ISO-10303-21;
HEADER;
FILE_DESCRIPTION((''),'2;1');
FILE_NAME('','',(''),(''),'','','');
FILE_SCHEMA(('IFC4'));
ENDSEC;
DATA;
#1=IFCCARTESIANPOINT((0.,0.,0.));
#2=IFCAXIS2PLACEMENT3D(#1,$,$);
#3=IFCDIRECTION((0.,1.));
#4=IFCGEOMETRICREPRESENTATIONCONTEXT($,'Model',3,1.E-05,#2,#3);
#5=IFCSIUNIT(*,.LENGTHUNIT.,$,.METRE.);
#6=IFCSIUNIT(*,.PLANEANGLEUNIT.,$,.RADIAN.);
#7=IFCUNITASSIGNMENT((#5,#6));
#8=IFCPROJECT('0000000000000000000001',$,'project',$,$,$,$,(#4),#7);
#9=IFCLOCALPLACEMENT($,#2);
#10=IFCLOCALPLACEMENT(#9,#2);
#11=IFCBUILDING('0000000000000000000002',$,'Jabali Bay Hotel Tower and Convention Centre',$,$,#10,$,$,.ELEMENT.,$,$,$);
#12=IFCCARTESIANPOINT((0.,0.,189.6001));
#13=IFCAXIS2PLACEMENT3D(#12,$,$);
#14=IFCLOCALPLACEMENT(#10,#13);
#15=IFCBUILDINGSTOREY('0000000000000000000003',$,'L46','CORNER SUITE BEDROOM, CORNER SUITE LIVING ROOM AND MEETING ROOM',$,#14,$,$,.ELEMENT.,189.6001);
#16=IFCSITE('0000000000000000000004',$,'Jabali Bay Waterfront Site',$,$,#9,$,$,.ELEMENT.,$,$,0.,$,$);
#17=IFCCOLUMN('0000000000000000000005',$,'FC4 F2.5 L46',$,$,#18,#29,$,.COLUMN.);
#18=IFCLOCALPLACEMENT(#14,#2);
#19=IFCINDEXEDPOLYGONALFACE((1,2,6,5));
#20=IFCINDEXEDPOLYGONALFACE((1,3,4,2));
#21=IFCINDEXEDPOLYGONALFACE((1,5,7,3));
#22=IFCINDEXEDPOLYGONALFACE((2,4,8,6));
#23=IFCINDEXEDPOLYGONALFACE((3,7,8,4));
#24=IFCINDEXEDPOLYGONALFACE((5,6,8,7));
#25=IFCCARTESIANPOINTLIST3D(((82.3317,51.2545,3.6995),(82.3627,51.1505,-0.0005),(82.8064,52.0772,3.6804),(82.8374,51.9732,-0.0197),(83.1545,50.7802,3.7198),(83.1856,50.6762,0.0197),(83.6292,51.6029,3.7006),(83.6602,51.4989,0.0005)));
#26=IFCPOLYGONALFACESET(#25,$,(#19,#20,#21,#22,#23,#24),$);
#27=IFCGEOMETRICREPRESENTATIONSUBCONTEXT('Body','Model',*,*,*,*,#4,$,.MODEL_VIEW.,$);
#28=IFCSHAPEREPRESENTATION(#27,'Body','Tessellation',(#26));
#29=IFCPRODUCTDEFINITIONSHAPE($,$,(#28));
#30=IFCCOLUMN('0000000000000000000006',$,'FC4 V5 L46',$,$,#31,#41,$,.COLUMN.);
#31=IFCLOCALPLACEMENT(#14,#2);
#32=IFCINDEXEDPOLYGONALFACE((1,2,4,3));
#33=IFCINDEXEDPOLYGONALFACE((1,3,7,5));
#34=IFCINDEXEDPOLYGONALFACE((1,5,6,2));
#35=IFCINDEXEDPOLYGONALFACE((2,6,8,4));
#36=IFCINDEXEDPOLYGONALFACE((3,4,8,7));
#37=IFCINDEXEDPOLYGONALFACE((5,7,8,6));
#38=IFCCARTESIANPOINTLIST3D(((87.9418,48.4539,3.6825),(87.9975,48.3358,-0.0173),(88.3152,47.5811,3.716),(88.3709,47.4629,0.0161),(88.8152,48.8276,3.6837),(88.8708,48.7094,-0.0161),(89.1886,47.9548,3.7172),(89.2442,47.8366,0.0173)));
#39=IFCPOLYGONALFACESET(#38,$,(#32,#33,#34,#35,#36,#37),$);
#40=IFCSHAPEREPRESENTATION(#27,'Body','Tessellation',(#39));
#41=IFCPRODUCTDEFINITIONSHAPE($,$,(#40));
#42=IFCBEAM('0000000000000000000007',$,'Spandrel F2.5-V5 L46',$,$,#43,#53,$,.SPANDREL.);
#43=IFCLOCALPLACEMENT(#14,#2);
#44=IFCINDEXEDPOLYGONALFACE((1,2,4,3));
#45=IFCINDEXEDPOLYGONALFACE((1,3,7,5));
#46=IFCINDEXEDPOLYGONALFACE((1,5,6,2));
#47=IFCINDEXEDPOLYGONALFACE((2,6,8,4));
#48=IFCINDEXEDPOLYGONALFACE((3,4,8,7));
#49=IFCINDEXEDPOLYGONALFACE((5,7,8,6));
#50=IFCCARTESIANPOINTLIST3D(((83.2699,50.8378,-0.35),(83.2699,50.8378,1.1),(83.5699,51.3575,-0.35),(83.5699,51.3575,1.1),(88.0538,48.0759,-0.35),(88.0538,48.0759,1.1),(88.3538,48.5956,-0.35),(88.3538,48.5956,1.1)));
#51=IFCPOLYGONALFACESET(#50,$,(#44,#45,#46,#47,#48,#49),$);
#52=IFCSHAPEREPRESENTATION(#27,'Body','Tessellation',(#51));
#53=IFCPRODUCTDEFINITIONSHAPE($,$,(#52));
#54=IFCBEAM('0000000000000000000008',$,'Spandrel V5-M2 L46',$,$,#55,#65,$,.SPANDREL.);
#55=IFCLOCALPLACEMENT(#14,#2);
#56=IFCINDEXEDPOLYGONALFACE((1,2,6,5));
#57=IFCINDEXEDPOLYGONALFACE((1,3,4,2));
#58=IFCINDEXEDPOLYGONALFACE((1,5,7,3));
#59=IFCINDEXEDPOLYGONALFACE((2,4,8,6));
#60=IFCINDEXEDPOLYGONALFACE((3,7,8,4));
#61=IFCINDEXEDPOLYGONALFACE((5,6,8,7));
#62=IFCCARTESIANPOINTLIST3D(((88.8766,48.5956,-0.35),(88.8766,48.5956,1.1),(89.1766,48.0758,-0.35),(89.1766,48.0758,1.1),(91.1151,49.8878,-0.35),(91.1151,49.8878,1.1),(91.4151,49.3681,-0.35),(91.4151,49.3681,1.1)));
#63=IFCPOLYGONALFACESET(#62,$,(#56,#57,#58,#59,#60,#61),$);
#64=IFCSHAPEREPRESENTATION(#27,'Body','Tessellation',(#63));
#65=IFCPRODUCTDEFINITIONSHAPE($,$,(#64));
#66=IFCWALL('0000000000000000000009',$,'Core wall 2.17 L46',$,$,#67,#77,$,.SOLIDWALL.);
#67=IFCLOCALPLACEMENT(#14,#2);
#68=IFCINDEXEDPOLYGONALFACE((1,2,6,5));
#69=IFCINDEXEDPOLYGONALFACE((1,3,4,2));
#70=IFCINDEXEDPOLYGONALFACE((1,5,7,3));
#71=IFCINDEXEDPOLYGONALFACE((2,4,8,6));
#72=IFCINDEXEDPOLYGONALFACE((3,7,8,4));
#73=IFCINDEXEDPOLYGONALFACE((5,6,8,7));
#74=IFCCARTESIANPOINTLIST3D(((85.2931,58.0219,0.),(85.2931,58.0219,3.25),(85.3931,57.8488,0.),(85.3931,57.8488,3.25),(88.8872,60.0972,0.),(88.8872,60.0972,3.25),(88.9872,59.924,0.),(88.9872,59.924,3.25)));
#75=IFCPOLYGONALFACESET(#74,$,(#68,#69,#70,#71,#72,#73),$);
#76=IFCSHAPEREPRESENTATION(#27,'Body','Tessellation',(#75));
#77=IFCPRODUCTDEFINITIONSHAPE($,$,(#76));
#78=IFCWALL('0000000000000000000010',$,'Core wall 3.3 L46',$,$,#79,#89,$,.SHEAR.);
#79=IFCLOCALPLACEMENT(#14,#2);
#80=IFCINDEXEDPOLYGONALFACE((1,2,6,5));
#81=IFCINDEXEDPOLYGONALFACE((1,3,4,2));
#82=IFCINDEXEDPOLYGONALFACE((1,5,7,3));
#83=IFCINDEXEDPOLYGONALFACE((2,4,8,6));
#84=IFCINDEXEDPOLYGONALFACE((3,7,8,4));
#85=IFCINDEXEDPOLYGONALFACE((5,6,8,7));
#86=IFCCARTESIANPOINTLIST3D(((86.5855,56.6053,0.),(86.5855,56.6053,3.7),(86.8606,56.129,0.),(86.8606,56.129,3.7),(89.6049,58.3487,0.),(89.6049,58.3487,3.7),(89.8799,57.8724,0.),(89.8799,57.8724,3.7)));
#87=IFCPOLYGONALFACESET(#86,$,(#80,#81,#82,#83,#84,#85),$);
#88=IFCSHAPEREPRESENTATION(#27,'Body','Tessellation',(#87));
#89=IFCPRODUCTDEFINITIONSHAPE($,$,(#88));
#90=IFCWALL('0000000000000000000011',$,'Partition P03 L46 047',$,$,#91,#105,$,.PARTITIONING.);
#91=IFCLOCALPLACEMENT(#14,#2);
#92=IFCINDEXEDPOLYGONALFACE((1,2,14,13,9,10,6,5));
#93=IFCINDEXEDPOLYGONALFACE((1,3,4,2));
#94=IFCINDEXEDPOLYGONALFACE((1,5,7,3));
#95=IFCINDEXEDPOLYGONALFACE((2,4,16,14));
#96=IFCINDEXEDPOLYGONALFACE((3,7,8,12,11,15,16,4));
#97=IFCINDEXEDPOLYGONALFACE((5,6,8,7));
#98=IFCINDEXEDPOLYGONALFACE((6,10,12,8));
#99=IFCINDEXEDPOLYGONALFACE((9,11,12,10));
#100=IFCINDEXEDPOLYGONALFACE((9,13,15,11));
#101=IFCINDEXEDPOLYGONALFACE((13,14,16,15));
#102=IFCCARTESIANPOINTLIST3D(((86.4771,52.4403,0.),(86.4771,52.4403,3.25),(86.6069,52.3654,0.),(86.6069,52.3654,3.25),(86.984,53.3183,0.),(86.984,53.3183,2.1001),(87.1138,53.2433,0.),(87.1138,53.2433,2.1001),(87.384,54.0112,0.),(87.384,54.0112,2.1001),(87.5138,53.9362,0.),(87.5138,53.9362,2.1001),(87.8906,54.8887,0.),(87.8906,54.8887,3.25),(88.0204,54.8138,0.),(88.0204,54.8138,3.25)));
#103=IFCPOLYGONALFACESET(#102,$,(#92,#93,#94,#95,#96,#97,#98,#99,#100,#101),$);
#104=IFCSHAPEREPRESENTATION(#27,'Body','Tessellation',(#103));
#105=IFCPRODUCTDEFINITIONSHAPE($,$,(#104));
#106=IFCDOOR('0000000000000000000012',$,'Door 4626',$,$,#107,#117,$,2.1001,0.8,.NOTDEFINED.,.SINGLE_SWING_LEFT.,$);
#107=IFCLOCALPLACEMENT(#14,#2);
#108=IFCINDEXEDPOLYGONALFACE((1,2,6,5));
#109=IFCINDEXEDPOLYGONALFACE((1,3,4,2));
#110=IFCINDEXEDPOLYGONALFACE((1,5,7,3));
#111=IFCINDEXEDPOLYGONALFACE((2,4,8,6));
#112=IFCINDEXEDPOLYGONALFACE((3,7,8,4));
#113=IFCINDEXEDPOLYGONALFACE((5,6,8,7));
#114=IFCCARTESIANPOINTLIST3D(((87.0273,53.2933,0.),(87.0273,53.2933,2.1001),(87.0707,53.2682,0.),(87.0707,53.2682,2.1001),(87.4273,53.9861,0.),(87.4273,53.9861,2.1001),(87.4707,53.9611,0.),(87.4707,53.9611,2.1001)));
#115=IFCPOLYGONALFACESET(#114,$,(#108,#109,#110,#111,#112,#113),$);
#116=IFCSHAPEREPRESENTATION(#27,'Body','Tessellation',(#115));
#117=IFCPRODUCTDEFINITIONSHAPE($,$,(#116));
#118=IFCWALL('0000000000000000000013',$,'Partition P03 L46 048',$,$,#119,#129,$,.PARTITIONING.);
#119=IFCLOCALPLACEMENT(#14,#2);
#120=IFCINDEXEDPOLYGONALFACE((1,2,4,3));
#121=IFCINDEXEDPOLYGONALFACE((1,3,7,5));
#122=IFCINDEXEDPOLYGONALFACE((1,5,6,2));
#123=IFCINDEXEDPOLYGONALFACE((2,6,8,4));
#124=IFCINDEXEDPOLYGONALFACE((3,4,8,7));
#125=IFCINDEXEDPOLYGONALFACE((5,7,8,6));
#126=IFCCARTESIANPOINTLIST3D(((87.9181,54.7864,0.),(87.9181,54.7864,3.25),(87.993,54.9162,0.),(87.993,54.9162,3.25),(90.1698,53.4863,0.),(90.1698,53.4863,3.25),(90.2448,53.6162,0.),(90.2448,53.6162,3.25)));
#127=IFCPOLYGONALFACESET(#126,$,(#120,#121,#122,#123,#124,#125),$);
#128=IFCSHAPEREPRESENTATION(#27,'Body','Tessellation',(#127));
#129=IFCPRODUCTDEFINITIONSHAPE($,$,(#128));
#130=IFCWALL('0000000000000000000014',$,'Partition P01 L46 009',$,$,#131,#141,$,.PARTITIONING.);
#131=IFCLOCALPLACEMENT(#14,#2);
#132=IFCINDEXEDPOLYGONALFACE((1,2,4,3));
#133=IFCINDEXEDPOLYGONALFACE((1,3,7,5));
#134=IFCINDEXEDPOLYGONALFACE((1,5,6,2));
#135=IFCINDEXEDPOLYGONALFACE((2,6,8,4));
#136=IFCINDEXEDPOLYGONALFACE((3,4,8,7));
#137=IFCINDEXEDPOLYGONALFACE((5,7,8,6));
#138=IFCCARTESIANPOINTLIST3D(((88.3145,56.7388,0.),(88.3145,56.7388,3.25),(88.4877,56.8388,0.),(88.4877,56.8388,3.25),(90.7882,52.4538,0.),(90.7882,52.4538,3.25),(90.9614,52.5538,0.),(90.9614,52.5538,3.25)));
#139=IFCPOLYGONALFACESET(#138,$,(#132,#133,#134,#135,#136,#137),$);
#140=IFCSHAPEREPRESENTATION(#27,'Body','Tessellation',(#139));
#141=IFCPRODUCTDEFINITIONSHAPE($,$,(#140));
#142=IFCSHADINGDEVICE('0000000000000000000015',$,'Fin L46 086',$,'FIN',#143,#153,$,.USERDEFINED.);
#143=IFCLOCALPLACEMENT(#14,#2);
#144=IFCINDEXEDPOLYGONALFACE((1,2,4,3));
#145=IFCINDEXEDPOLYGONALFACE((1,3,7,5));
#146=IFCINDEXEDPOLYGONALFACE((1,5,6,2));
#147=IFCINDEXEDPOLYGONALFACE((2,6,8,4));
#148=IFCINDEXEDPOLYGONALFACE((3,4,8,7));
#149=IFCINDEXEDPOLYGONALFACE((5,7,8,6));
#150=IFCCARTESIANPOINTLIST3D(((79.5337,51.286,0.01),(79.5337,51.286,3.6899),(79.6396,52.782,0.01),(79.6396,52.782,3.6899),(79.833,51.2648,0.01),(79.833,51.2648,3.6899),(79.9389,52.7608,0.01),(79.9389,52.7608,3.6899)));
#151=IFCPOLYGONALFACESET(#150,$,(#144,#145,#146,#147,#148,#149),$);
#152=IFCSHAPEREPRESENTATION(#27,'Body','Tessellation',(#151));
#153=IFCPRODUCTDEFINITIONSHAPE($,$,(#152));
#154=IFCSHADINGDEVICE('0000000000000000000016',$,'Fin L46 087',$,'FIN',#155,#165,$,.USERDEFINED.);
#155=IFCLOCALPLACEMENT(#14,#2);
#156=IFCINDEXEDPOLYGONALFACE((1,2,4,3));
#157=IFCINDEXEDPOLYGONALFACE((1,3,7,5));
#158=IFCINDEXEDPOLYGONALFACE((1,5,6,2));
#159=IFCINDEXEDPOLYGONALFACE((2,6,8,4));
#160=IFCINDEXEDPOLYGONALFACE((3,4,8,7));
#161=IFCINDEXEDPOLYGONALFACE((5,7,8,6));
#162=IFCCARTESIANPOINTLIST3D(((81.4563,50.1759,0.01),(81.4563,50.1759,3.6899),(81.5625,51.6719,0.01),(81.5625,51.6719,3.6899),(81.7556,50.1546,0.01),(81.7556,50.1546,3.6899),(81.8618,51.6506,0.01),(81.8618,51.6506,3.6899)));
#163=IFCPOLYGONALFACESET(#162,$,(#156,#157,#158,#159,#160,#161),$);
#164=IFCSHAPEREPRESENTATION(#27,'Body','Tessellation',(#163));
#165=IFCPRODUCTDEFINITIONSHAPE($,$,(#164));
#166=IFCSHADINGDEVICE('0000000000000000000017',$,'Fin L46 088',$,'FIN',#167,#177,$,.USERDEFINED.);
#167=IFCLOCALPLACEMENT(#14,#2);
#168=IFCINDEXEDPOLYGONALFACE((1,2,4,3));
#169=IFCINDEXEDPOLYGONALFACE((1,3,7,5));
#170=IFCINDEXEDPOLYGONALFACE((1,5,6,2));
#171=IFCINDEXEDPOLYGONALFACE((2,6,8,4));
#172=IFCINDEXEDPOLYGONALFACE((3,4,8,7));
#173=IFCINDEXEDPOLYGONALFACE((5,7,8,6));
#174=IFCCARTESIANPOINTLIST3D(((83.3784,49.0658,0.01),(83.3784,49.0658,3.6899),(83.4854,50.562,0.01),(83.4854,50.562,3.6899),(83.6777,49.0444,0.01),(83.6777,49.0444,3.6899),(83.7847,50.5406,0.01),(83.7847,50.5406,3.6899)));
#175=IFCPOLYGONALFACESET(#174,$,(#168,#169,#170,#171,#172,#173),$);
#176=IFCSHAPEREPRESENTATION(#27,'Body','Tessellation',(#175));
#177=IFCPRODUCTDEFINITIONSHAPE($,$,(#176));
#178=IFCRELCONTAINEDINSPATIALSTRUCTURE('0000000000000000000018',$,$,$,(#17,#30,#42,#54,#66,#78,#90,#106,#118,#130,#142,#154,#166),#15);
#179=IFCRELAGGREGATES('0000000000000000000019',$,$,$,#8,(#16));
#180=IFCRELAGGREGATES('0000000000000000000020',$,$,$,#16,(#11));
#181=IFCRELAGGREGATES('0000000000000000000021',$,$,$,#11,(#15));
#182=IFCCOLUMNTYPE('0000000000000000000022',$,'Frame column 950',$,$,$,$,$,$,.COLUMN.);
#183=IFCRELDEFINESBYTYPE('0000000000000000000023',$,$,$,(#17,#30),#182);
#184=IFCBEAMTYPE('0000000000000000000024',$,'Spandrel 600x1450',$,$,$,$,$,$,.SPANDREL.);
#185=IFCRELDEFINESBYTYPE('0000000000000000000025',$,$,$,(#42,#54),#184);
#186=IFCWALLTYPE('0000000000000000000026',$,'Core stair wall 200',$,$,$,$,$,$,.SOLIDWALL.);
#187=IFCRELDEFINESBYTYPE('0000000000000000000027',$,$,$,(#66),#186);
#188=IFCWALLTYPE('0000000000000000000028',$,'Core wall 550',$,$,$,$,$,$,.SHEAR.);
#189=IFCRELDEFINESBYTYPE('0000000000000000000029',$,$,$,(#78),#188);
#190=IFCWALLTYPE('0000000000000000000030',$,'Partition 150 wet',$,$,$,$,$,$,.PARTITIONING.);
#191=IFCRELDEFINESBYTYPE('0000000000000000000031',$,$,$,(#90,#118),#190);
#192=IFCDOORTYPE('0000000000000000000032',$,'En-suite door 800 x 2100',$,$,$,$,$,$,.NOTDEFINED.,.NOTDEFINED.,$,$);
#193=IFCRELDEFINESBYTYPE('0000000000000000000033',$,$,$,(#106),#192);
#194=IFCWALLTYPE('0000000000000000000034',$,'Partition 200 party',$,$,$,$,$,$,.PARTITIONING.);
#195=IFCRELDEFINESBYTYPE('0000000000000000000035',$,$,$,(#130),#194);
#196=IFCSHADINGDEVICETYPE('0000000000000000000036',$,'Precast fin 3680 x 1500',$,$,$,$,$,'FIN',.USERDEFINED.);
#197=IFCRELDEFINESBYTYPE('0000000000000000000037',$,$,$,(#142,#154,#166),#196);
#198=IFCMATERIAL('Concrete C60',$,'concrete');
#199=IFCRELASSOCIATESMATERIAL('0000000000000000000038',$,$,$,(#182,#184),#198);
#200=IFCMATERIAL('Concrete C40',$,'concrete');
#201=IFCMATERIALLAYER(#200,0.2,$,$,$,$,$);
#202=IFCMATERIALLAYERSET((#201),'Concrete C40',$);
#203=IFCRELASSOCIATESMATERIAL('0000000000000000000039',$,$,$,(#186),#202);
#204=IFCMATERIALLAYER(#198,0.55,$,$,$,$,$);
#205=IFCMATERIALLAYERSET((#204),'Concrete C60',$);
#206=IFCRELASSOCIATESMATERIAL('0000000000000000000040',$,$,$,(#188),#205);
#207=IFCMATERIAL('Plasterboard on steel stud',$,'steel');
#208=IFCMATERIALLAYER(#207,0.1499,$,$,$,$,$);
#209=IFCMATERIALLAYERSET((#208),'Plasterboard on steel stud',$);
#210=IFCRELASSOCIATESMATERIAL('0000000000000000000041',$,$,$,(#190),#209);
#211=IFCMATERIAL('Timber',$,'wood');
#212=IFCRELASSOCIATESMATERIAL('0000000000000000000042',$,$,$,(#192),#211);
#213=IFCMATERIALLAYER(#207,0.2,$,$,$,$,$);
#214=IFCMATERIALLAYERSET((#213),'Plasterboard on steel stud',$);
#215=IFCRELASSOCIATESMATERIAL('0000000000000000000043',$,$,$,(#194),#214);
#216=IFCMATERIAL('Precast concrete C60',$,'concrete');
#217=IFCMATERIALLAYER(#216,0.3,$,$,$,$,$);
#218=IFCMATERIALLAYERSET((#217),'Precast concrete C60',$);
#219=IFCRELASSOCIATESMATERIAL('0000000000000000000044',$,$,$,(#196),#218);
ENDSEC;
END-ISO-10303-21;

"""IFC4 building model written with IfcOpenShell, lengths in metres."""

from ifc_helpers import new_model, si_unit, direction, frame, frame_2d, origin, origin_2d, place, context, subcontext, project, spatial, rectangle, extrude, material, layer, layer_set, material_profile, profile_set, type_object, element, fill, save


model = new_model("IFC4")

# Units and contexts
model_context = context("Model", 3, precision=1e-05, world=origin(), true_north=direction((0.0, 1.0)))
body_context = subcontext(model_context, "Body", "Model", "MODEL_VIEW")
ifc_project = project(units=[si_unit("LENGTHUNIT", "METRE"), si_unit("PLANEANGLEUNIT", "RADIAN")], contexts=[model_context])

# Site, building, storey
site_placement = place(None, origin())
site = spatial("IfcSite", under=ifc_project, at=site_placement, Name="Jabali Bay Waterfront Site", CompositionType="ELEMENT", RefElevation=0.0)
building_placement = place(site_placement, origin())
building = spatial("IfcBuilding", under=site, at=building_placement, Name="Jabali Bay Hotel Tower and Convention Centre", CompositionType="ELEMENT")
storey_placement = place(building_placement, frame((0.0, 0.0, 189.6001)))
storey = spatial("IfcBuildingStorey", under=building, at=storey_placement, Name="L46", Description="CORNER SUITE BEDROOM, CORNER SUITE LIVING ROOM AND MEETING ROOM", CompositionType="ELEMENT", Elevation=189.6001)

# Columns
ifc_material_1 = material(Name="Concrete C60", Category="concrete")
ifc_material_profile_1 = material_profile(ifc_material_1, rectangle(XDim=0.95, YDim=0.95, at=origin_2d()), Name="Frame column 950")
ifc_profile_set_1 = profile_set([ifc_material_profile_1], Name="Concrete C60")
column_type = type_object("IfcColumnType", Name="Frame column 950", PredefinedType="COLUMN", material=ifc_profile_set_1)
column_1_placement = place(storey_placement, frame((83.0115, 51.3247, 0.0), z_axis=(-0.008376, 0.028097, 0.99957), x_axis=(-0.499676, -0.865978, 0.020155)))
element("IfcColumn", 1, at=column_1_placement, inside=storey, type_object=column_type, Name="FC4 F2.5 L46", PredefinedType="COLUMN", context=body_context, shape_type="SweptSolid", body=[
    extrude(rectangle(XDim=0.95, YDim=0.95, at=origin_2d()), origin(), (0.0, 0.0, 1.0), 3.7017),
])
column_2_placement = place(storey_placement, frame((88.6208, 48.0862, 0.0), z_axis=(-0.015035, 0.031917, 0.999377), x_axis=(0.393077, -0.918829, 0.035258)))
element("IfcColumn", 2, at=column_2_placement, inside=storey, type_object=column_type, Name="FC4 V5 L46", PredefinedType="COLUMN", context=body_context, shape_type="SweptSolid", body=[
    extrude(rectangle(XDim=0.95, YDim=0.95, at=origin_2d()), origin(), (0.0, 0.0, 1.0), 3.7021),
])

# Beams
ifc_material_profile_2 = material_profile(ifc_material_1, rectangle(XDim=0.6001, YDim=1.45, at=origin_2d()), Name="Spandrel 600x1450")
ifc_profile_set_2 = profile_set([ifc_material_profile_2], Name="Concrete C60")
beam_type = type_object("IfcBeamType", Name="Spandrel 600x1450", PredefinedType="SPANDREL", material=ifc_profile_set_2)
beam_1_placement = place(storey_placement, frame((83.4199, 51.0977, 0.375), z_axis=(0.866029, -0.499994, 0.0), x_axis=(0.499994, 0.866029, 0.0)))
element("IfcBeam", 3, at=beam_1_placement, inside=storey, type_object=beam_type, Name="Spandrel F2.5-V5 L46", PredefinedType="SPANDREL", context=body_context, shape_type="SweptSolid", body=[
    extrude(rectangle(XDim=0.6001, YDim=1.45, at=origin_2d()), origin(), (0.0, 0.0, 1.0), 5.5239),
])
beam_2_placement = place(storey_placement, frame((89.0266, 48.3357, 0.375), z_axis=(0.866055, 0.499949, 0.0), x_axis=(-0.499949, 0.866055, 0.0)))
element("IfcBeam", 4, at=beam_2_placement, inside=storey, type_object=beam_type, Name="Spandrel V5-M2 L46", PredefinedType="SPANDREL", context=body_context, shape_type="SweptSolid", body=[
    extrude(rectangle(XDim=0.6001, YDim=1.45, at=origin_2d()), origin(), (0.0, 0.0, 1.0), 2.5847),
])

# Walls
ifc_material_2 = material(Name="Concrete C40", Category="concrete")
ifc_layer_1 = layer(ifc_material_2, 0.2)
ifc_layer_set_1 = layer_set([ifc_layer_1], Name="Concrete C40")
wall_type_1 = type_object("IfcWallType", Name="Core stair wall 200", PredefinedType="SOLIDWALL", material=ifc_layer_set_1)
wall_1_placement = place(storey_placement, frame((85.343, 57.9353, 0.0), z_axis=(0.0, 0.0, 1.0), x_axis=(0.866004, 0.500036, 0.0)))
element("IfcWall", 5, at=wall_1_placement, inside=storey, type_object=wall_type_1, Name="Core wall 2.17 L46", PredefinedType="SOLIDWALL", context=body_context, shape_type="SweptSolid", body=[
    extrude(rectangle(XDim=4.1501, YDim=0.2, at=frame_2d((2.0752, 0.0))), origin(), (0.0, 0.0, 1.0), 3.25),
])
ifc_layer_2 = layer(ifc_material_1, 0.55)
ifc_layer_set_2 = layer_set([ifc_layer_2], Name="Concrete C60")
wall_type_2 = type_object("IfcWallType", Name="Core wall 550", PredefinedType="SHEAR", material=ifc_layer_set_2)
wall_2_placement = place(storey_placement, frame((86.7231, 56.3672, 0.0), z_axis=(0.0, 0.0, 1.0), x_axis=(0.865998, 0.500048, 0.0)))
element("IfcWall", 6, at=wall_2_placement, inside=storey, type_object=wall_type_2, Name="Core wall 3.3 L46", PredefinedType="SHEAR", context=body_context, shape_type="SweptSolid", body=[
    extrude(rectangle(XDim=3.4866, YDim=0.55, at=frame_2d((1.7432, 0.0))), origin(), (0.0, 0.0, 1.0), 3.7),
])

# Wall, opening, door
ifc_material_3 = material(Name="Plasterboard on steel stud", Category="steel")
ifc_layer_3 = layer(ifc_material_3, 0.1499)
ifc_layer_set_3 = layer_set([ifc_layer_3], Name="Plasterboard on steel stud")
wall_type_3 = type_object("IfcWallType", Name="Partition 150 wet", PredefinedType="PARTITIONING", material=ifc_layer_set_3)
wall_3_placement = place(storey_placement, frame((86.542, 52.4028, 0.0), z_axis=(0.0, 0.0, 1.0), x_axis=(0.499984, 0.866035, 0.0)))
wall_3 = element("IfcWall", 7, at=wall_3_placement, inside=storey, type_object=wall_type_3, Name="Partition P03 L46 047", PredefinedType="PARTITIONING", context=body_context, shape_type="SweptSolid", body=[
    extrude(rectangle(XDim=2.8271, YDim=0.1499, at=frame_2d((1.4136, 0.0))), origin(), (0.0, 0.0, 1.0), 3.25),
])
opening_1_placement = place(wall_3_placement, frame((1.0139, 0.0, 0.0)))
opening_1 = element("IfcOpeningElement", 8, at=opening_1_placement, cuts=wall_3, PredefinedType="OPENING", context=body_context, shape_type="SweptSolid", body=[
    extrude(rectangle(XDim=0.8, YDim=2.1001, at=frame_2d((0.3999, 1.05))), frame((0.0, 0.0854, 0.0), z_axis=(0.0, -1.0, 0.0), x_axis=(1.0, 0.0, 0.0)), (0.0, 0.0, 1.0), 0.1709),
])
ifc_material_4 = material(Name="Timber", Category="wood")
door_type_1 = type_object("IfcDoorType", Name="En-suite door 800 x 2100", OperationType="NOTDEFINED", PredefinedType="NOTDEFINED", material=ifc_material_4)
door_1_placement = place(opening_1_placement, origin())
door_1 = element("IfcDoor", 9, at=door_1_placement, inside=storey, type_object=door_type_1, Name="Door 4626", OperationType="SINGLE_SWING_LEFT", OverallHeight=2.1001, OverallWidth=0.8, PredefinedType="NOTDEFINED", context=body_context, shape_type="SweptSolid", body=[
    extrude(rectangle(XDim=0.8, YDim=2.1001, at=frame_2d((0.3999, 1.05))), frame((0.0, 0.0249, 0.0), z_axis=(0.0, -1.0, 0.0), x_axis=(1.0, 0.0, 0.0)), (0.0, 0.0, 1.0), 0.05),
])
fill(opening_1, door_1)

# Walls
wall_4_placement = place(storey_placement, frame((87.9556, 54.8513, 0.0), z_axis=(0.0, 0.0, 1.0), x_axis=(0.866021, -0.500007, 0.0)))
element("IfcWall", 10, at=wall_4_placement, inside=storey, type_object=wall_type_3, Name="Partition P03 L46 048", PredefinedType="PARTITIONING", context=body_context, shape_type="SweptSolid", body=[
    extrude(rectangle(XDim=2.6001, YDim=0.1499, at=frame_2d((1.3, 0.0))), origin(), (0.0, 0.0, 1.0), 3.25),
])
ifc_layer_4 = layer(ifc_material_3, 0.2)
ifc_layer_set_4 = layer_set([ifc_layer_4], Name="Plasterboard on steel stud")
wall_type_4 = type_object("IfcWallType", Name="Partition 200 party", PredefinedType="PARTITIONING", material=ifc_layer_set_4)
wall_5_placement = place(storey_placement, frame((88.4011, 56.7888, 0.0), z_axis=(0.0, 0.0, 1.0), x_axis=(0.49996, -0.866048, 0.0)))
element("IfcWall", 11, at=wall_5_placement, inside=storey, type_object=wall_type_4, Name="Partition P01 L46 009", PredefinedType="PARTITIONING", context=body_context, shape_type="SweptSolid", body=[
    extrude(rectangle(XDim=4.9478, YDim=0.2, at=frame_2d((2.4739, 0.0))), origin(), (0.0, 0.0, 1.0), 3.25),
])

# Shading devices
ifc_material_5 = material(Name="Precast concrete C60", Category="concrete")
ifc_layer_5 = layer(ifc_material_5, 0.3)
ifc_layer_set_5 = layer_set([ifc_layer_5], Name="Precast concrete C60")
shading_device_type = type_object("IfcShadingDeviceType", Name="Precast fin 3680 x 1500", ElementType="FIN", PredefinedType="USERDEFINED", material=ifc_layer_set_5)
for number, where, z_axis, x_axis, name in (
    (12, (79.7893, 52.7715, 0.01), (0.0, 0.0, 1.0), (-0.070646, -0.997501, 0.0), "Fin L46 086"),
    (13, (81.7122, 51.6614, 0.01), (0.0, 0.0, 1.0), (-0.070807, -0.99749, 0.0), "Fin L46 087"),
):
    element("IfcShadingDevice", number, at=place(storey_placement, frame(where, z_axis=z_axis, x_axis=x_axis)), inside=storey, type_object=shading_device_type, Name=name, ObjectType="FIN", PredefinedType="USERDEFINED", context=body_context, shape_type="SweptSolid", body=[
        extrude(rectangle(XDim=1.4998, YDim=0.3, at=frame_2d((0.75, 0.0))), origin(), (0.0, 0.0, 1.0), 3.6799),
    ])
for number, where, z_axis, x_axis, name in (
    (14, (83.635, 50.5513, 0.01), (0.0, 0.0, 1.0), (-0.071293, -0.997455, 0.0), "Fin L46 088"),
):
    element("IfcShadingDevice", number, at=place(storey_placement, frame(where, z_axis=z_axis, x_axis=x_axis)), inside=storey, type_object=shading_device_type, Name=name, ObjectType="FIN", PredefinedType="USERDEFINED", context=body_context, shape_type="SweptSolid", body=[
        extrude(rectangle(XDim=1.5, YDim=0.3, at=frame_2d((0.75, 0.0))), origin(), (0.0, 0.0, 1.0), 3.6799),
    ])

save(model, "model.ifc")
